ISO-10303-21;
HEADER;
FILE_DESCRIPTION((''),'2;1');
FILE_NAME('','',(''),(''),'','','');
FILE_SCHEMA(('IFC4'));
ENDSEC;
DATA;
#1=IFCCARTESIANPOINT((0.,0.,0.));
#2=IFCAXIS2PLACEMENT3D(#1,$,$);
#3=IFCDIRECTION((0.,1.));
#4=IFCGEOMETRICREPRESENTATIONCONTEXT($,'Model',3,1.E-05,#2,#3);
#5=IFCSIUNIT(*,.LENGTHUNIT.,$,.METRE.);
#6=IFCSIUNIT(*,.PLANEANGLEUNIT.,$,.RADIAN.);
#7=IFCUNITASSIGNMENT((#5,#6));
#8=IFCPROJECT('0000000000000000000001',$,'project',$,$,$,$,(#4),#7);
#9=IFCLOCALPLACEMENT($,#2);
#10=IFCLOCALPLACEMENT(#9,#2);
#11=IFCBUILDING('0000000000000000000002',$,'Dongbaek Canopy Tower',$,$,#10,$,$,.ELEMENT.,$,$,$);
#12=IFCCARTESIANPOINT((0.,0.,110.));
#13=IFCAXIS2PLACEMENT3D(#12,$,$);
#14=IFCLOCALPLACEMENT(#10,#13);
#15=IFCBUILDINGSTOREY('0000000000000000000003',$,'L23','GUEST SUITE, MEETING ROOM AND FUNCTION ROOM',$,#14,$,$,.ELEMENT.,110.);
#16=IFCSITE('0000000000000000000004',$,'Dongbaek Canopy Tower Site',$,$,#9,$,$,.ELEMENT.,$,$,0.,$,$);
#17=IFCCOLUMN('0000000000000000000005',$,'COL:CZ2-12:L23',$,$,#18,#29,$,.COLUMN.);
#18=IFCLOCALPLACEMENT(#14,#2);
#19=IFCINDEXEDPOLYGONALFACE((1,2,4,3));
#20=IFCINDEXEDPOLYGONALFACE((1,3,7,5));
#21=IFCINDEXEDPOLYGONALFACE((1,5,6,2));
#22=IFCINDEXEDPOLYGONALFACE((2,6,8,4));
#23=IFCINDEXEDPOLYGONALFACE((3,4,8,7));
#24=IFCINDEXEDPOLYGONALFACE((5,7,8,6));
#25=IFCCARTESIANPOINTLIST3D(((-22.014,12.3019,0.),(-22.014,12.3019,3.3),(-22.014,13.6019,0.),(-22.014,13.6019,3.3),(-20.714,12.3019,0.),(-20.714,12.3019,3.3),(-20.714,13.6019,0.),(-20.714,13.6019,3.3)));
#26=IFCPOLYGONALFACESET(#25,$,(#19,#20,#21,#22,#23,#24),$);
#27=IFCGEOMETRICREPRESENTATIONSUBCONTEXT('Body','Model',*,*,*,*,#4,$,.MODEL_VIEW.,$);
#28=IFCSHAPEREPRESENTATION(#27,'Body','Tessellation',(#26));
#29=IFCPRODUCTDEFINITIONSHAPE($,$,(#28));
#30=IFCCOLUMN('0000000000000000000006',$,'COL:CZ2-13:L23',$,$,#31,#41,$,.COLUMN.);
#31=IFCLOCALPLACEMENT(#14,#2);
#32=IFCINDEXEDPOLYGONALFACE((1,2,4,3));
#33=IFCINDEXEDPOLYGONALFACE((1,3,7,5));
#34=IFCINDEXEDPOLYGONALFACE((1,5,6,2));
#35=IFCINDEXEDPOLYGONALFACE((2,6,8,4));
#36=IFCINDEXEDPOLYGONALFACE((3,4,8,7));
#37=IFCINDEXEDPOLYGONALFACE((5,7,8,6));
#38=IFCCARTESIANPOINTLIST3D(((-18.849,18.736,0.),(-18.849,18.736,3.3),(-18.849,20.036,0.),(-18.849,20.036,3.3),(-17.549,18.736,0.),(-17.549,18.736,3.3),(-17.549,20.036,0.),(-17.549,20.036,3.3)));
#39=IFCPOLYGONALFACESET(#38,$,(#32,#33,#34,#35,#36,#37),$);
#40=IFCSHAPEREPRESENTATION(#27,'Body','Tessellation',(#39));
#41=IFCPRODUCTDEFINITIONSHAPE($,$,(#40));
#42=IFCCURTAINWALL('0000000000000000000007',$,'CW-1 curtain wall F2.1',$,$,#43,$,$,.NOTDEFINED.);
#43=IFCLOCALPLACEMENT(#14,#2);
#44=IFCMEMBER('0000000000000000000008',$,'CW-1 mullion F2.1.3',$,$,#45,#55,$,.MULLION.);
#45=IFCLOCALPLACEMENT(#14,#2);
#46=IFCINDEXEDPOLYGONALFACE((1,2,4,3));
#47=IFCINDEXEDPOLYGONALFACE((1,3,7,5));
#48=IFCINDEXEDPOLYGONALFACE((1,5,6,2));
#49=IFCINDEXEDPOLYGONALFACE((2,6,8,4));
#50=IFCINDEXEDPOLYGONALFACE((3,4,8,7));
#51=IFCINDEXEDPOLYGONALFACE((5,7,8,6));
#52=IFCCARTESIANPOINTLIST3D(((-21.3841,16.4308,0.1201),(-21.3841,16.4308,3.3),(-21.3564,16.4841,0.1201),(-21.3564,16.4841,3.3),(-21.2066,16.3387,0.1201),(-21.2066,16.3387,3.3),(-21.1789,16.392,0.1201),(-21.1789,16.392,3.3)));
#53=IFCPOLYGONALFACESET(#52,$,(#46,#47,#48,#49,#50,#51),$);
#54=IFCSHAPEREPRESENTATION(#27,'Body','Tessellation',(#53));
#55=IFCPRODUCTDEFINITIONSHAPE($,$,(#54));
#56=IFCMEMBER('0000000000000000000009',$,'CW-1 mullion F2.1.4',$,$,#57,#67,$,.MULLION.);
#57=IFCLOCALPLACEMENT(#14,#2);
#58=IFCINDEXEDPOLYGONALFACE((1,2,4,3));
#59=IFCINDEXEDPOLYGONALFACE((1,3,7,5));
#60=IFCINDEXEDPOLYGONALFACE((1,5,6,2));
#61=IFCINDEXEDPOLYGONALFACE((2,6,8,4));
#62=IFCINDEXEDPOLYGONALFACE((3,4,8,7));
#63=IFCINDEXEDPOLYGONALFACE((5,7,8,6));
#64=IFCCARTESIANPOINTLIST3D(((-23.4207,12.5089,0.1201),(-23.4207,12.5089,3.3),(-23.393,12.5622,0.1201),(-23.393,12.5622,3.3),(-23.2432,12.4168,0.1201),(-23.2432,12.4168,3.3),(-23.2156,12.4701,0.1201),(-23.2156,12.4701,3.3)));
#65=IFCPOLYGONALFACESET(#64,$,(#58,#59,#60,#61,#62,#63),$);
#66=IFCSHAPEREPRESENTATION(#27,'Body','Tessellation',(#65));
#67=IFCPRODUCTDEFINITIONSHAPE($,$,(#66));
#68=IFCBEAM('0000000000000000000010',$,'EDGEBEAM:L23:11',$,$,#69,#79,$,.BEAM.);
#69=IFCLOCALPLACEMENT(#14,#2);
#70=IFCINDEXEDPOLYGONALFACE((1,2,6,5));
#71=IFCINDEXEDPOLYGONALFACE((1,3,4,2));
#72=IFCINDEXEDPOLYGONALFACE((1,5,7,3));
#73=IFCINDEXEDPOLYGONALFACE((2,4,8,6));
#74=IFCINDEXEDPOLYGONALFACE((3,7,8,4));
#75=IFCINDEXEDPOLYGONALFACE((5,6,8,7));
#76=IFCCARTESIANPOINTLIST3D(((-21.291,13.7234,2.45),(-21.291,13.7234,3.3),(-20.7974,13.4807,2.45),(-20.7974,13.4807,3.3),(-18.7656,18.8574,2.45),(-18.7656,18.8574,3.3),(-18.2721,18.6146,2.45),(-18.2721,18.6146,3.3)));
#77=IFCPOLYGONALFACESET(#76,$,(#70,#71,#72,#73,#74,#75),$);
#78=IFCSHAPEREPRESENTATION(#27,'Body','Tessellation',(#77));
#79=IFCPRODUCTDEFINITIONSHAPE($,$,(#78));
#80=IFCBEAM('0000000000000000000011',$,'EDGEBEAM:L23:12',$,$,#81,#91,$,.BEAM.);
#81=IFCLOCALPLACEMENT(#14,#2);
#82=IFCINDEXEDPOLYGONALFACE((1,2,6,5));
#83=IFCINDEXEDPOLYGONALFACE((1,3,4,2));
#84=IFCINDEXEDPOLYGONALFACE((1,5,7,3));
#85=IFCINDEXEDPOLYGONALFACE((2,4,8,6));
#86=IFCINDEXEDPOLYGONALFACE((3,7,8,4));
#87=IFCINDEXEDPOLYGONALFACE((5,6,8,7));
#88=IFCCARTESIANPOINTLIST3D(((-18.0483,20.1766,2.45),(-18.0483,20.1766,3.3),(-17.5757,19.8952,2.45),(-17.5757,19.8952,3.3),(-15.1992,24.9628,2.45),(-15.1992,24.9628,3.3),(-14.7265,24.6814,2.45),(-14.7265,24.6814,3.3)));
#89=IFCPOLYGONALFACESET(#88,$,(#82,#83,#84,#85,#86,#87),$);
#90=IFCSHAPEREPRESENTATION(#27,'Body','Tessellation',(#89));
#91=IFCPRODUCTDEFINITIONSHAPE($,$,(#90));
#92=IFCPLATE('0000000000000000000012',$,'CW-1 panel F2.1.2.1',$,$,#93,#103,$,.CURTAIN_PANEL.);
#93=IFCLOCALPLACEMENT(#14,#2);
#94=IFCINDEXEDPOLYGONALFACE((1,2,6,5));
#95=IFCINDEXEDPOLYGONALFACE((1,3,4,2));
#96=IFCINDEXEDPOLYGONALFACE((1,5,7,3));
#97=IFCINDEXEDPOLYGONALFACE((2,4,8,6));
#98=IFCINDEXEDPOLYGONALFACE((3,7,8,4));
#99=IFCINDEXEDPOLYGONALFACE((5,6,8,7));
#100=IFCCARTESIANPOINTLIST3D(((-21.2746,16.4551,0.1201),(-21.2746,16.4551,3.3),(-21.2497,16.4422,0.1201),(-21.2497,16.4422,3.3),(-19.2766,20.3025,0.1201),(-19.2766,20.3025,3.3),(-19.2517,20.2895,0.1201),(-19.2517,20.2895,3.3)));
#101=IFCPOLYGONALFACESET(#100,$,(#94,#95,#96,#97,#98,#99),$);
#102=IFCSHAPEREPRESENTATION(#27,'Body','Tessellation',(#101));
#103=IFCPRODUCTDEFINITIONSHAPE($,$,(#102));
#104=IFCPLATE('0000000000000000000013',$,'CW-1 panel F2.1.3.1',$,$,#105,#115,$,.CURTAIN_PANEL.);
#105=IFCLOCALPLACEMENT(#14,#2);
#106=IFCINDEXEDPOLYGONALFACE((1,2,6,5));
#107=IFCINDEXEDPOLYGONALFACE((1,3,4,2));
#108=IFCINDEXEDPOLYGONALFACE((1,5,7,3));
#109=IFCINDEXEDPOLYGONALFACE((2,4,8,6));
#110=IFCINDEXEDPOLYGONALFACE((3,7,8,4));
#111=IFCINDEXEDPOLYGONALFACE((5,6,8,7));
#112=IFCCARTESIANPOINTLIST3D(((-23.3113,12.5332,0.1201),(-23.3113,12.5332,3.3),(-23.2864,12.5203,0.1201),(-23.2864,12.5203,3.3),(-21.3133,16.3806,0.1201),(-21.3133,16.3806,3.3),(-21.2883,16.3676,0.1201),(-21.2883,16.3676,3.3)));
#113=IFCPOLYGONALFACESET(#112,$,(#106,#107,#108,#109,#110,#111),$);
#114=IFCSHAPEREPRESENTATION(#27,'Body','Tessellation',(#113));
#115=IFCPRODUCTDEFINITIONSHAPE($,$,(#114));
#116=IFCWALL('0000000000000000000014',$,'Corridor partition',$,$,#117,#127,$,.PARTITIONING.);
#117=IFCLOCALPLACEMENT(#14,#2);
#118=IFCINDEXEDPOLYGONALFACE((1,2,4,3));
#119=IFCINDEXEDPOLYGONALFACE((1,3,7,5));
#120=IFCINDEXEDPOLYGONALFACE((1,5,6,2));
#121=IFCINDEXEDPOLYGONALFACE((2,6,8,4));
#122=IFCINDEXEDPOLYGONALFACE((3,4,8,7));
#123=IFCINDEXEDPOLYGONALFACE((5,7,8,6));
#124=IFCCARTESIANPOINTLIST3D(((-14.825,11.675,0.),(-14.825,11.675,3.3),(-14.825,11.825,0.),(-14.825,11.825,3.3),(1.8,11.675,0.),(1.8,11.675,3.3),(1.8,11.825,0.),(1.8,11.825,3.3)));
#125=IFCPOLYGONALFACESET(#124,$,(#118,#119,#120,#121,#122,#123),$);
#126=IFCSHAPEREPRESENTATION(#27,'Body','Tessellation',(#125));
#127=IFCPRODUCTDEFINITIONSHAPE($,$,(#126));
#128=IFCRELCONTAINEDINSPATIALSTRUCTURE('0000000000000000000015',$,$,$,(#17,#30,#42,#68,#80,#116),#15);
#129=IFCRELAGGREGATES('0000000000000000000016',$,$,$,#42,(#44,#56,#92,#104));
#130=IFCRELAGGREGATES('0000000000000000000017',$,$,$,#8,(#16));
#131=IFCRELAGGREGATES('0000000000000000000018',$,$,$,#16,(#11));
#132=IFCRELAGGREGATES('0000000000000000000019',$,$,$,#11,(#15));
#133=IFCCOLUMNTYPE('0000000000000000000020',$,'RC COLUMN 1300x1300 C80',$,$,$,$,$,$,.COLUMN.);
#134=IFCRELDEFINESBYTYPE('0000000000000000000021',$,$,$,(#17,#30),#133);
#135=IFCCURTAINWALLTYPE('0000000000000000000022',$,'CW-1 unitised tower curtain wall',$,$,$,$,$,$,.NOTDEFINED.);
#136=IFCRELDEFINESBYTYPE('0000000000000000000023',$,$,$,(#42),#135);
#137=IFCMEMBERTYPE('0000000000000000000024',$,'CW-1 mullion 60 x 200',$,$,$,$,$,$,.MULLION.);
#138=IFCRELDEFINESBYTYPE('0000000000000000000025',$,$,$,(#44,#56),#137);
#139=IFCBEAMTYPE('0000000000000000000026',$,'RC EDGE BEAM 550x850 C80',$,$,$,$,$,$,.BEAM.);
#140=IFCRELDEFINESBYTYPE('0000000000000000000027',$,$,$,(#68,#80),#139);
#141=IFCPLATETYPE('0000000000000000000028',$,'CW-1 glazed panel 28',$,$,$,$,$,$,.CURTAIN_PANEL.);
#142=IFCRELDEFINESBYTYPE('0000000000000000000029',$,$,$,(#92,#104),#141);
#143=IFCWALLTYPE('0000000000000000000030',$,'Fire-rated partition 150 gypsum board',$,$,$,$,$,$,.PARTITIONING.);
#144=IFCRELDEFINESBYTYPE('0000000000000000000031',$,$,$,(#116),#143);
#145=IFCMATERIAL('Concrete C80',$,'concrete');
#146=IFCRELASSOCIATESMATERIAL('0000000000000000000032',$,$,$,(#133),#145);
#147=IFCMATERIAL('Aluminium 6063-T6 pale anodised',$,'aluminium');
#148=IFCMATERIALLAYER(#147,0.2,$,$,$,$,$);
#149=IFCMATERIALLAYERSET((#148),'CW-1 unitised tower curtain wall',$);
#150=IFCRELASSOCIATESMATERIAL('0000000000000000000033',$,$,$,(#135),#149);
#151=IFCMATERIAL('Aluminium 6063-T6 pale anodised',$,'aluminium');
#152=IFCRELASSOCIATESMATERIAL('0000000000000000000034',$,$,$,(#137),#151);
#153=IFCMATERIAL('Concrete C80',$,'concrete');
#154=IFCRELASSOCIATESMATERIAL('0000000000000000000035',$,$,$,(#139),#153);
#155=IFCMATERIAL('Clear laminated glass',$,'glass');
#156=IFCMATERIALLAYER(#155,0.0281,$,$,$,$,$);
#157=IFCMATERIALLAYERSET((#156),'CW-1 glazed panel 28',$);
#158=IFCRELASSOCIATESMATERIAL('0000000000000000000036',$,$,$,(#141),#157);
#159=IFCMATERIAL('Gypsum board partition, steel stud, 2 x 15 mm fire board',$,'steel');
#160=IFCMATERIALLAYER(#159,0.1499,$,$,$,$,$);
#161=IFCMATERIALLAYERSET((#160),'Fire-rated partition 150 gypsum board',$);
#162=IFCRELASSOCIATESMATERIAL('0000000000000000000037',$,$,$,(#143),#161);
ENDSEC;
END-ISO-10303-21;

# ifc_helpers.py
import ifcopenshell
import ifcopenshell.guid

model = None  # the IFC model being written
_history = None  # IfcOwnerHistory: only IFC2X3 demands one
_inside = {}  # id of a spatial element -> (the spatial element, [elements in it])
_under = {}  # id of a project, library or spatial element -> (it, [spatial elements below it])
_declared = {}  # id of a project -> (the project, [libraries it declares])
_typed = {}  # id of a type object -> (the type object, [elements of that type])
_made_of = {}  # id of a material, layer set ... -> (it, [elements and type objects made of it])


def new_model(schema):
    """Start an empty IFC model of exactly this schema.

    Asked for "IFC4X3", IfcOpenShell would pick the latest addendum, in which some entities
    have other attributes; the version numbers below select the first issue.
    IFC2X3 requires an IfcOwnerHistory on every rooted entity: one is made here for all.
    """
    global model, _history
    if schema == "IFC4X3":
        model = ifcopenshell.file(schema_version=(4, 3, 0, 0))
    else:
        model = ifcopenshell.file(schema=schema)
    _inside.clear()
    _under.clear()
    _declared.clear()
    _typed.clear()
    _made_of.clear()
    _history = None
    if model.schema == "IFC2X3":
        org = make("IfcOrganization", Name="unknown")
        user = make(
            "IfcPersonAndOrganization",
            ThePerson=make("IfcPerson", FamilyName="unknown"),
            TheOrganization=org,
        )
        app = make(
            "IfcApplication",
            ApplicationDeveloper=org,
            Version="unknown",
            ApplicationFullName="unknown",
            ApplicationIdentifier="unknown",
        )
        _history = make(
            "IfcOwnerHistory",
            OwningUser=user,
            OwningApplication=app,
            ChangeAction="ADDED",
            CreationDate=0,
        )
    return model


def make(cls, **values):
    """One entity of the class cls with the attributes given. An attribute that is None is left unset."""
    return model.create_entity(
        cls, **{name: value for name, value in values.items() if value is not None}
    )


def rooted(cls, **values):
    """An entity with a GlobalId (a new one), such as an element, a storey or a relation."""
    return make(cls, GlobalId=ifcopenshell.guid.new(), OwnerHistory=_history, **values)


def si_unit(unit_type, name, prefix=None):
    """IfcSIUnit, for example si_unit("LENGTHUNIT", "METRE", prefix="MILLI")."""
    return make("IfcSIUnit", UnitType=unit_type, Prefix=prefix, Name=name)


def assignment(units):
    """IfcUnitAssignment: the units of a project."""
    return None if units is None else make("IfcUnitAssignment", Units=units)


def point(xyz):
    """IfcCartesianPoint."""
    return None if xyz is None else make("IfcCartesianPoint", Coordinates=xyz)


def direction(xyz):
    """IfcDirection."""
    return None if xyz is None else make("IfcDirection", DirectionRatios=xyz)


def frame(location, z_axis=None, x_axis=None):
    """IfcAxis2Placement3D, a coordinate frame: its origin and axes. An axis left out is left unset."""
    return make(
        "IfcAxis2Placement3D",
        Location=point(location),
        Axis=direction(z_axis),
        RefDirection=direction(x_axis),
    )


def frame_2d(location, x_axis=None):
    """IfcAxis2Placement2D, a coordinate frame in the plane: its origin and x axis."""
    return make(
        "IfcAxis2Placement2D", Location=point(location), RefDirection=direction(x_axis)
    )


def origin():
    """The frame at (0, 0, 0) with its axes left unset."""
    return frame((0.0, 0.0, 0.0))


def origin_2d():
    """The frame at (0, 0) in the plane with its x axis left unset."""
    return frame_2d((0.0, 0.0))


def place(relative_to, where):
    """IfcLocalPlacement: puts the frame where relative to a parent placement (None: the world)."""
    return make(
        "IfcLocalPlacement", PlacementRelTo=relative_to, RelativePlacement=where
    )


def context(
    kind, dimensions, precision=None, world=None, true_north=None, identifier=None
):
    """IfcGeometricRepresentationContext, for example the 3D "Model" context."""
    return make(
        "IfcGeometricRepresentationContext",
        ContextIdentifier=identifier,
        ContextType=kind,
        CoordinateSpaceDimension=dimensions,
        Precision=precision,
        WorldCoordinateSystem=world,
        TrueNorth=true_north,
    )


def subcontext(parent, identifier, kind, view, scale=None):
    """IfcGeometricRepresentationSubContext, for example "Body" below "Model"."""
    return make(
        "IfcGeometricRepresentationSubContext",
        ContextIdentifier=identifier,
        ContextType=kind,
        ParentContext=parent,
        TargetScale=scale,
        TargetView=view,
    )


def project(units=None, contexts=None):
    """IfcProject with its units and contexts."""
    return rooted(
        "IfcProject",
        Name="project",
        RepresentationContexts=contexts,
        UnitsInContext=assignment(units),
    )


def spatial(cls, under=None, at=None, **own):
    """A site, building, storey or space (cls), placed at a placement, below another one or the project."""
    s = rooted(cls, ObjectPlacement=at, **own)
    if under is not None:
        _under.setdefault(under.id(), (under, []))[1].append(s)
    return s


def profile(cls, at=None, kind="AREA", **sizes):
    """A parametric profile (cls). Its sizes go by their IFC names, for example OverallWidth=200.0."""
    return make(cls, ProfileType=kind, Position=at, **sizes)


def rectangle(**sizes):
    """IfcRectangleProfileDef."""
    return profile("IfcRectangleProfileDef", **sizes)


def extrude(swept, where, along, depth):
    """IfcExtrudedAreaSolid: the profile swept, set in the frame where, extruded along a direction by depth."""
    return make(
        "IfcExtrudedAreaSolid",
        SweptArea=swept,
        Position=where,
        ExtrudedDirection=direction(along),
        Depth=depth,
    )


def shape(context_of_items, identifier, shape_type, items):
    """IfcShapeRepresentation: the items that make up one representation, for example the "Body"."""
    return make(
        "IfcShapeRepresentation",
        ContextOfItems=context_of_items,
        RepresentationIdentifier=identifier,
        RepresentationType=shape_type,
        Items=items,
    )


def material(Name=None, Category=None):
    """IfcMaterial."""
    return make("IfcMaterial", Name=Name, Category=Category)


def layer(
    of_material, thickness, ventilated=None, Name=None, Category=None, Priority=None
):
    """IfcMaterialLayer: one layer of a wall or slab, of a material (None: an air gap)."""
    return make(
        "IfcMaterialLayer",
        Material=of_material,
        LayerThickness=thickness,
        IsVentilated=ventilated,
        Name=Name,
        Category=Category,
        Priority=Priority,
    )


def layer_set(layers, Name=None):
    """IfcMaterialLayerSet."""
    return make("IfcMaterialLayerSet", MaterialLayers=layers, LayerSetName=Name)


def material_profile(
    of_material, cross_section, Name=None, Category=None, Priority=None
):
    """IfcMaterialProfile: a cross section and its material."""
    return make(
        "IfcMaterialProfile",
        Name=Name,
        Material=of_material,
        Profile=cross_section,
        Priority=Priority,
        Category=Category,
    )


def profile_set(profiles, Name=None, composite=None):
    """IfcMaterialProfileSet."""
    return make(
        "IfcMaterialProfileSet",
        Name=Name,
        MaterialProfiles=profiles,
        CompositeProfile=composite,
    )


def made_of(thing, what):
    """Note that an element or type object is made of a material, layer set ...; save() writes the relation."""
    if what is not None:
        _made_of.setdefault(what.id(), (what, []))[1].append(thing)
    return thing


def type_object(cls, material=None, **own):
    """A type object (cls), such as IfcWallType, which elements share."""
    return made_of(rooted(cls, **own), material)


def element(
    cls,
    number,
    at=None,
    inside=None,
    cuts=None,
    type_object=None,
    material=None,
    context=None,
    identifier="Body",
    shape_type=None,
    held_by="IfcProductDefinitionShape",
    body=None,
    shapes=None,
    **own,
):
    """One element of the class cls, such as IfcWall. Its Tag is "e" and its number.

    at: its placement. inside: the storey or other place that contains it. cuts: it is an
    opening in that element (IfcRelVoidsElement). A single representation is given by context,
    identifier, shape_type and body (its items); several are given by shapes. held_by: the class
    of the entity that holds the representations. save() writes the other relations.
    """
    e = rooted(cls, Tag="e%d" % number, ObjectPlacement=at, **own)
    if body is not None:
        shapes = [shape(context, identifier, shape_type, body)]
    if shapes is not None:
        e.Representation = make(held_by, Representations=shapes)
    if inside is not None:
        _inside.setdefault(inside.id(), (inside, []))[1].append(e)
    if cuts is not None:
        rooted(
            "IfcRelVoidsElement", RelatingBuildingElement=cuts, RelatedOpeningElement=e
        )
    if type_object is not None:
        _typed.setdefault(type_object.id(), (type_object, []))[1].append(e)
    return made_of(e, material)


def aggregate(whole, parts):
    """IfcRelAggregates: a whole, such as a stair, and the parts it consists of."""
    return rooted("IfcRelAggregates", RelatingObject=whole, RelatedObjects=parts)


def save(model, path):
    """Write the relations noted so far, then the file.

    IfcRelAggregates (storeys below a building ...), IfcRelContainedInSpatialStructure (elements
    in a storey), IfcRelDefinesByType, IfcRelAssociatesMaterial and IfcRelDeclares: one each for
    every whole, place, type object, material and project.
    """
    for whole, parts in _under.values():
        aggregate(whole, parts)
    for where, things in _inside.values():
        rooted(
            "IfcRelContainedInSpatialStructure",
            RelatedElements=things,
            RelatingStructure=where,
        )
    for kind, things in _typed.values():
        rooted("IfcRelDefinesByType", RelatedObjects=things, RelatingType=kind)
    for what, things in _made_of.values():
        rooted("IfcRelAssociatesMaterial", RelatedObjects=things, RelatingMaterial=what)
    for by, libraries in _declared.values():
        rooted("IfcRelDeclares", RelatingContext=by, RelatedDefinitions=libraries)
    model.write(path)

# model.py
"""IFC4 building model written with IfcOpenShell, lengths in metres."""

from ifc_helpers import new_model, si_unit, direction, frame, frame_2d, origin, origin_2d, place, context, subcontext, project, spatial, rectangle, extrude, material, layer, layer_set, material_profile, profile_set, type_object, element, aggregate, save


model = new_model("IFC4")

# Units and contexts
model_context = context("Model", 3, precision=1e-05, world=origin(), true_north=direction((0.0, 1.0)))
body_context = subcontext(model_context, "Body", "Model", "MODEL_VIEW")
ifc_project = project(units=[si_unit("LENGTHUNIT", "METRE"), si_unit("PLANEANGLEUNIT", "RADIAN")], contexts=[model_context])

# Site, building, storey
site_placement = place(None, origin())
site = spatial("IfcSite", under=ifc_project, at=site_placement, Name="Dongbaek Canopy Tower Site", CompositionType="ELEMENT", RefElevation=0.0)
building_placement = place(site_placement, origin())
building = spatial("IfcBuilding", under=site, at=building_placement, Name="Dongbaek Canopy Tower", CompositionType="ELEMENT")
storey_placement = place(building_placement, frame((0.0, 0.0, 110.0)))
storey = spatial("IfcBuildingStorey", under=building, at=storey_placement, Name="L23", Description="GUEST SUITE, MEETING ROOM AND FUNCTION ROOM", CompositionType="ELEMENT", Elevation=110.0)

# Columns
ifc_material_1 = material(Name="Concrete C80", Category="concrete")
ifc_material_profile_1 = material_profile(ifc_material_1, rectangle(XDim=1.3, YDim=1.3, at=origin_2d()), Name="RC COLUMN 1300x1300 C80")
ifc_profile_set_1 = profile_set([ifc_material_profile_1], Name="Concrete C80")
column_type = type_object("IfcColumnType", Name="RC COLUMN 1300x1300 C80", PredefinedType="COLUMN", material=ifc_profile_set_1)
for number, where, z_axis, x_axis, name in (
    (1, (-21.364, 12.9519, 0.0), (0.0, 0.0, 1.0), (1.0, 0.0, 0.0), "COL:CZ2-12:L23"),
    (2, (-18.199, 19.386, 0.0), (0.0, 0.0, 1.0), (1.0, 0.0, 0.0), "COL:CZ2-13:L23"),
):
    element("IfcColumn", number, at=place(storey_placement, frame(where, z_axis=z_axis, x_axis=x_axis)), inside=storey, type_object=column_type, Name=name, PredefinedType="COLUMN", context=body_context, shape_type="SweptSolid", body=[
        extrude(rectangle(XDim=1.3, YDim=1.3, at=origin_2d()), origin(), (0.0, 0.0, 1.0), 3.3),
    ])

# Curtain wall, members
ifc_material_2 = material(Name="Aluminium 6063-T6 pale anodised", Category="aluminium")
ifc_layer_1 = layer(ifc_material_2, 0.2)
ifc_layer_set_1 = layer_set([ifc_layer_1], Name="CW-1 unitised tower curtain wall")
curtain_wall_type = type_object("IfcCurtainWallType", Name="CW-1 unitised tower curtain wall", PredefinedType="NOTDEFINED", material=ifc_layer_set_1)
curtain_wall_placement = place(storey_placement, origin())
curtain_wall = element("IfcCurtainWall", 3, at=curtain_wall_placement, inside=storey, type_object=curtain_wall_type, Name="CW-1 curtain wall F2.1", PredefinedType="NOTDEFINED")
ifc_material_3 = material(Name="Aluminium 6063-T6 pale anodised", Category="aluminium")
ifc_material_profile_2 = material_profile(ifc_material_3, rectangle(XDim=0.2, YDim=0.0601, at=origin_2d()), Name="CW-1 mullion 60 x 200")
ifc_profile_set_2 = profile_set([ifc_material_profile_2], Name="Aluminium 6063-T6 pale anodised")
member_type = type_object("IfcMemberType", Name="CW-1 mullion 60 x 200", PredefinedType="MULLION", material=ifc_profile_set_2)
member_1_placement = place(storey_placement, frame((-21.2815, 16.4114, 0.1201), z_axis=(0.0, 0.0, 1.0), x_axis=(-0.887463, 0.46088, 0.0)))
member_1 = element("IfcMember", 4, at=member_1_placement, type_object=member_type, Name="CW-1 mullion F2.1.3", PredefinedType="MULLION", context=body_context, shape_type="SweptSolid", body=[
    extrude(rectangle(XDim=0.2, YDim=0.0601, at=origin_2d()), origin(), (0.0, 0.0, 1.0), 3.1799),
])
member_2_placement = place(storey_placement, frame((-23.3181, 12.4895, 0.1201), z_axis=(0.0, 0.0, 1.0), x_axis=(-0.887463, 0.46088, 0.0)))
member_2 = element("IfcMember", 5, at=member_2_placement, type_object=member_type, Name="CW-1 mullion F2.1.4", PredefinedType="MULLION", context=body_context, shape_type="SweptSolid", body=[
    extrude(rectangle(XDim=0.2, YDim=0.0601, at=origin_2d()), origin(), (0.0, 0.0, 1.0), 3.1799),
])

# Beams
ifc_material_4 = material(Name="Concrete C80", Category="concrete")
ifc_material_profile_3 = material_profile(ifc_material_4, rectangle(XDim=0.55, YDim=0.8501, at=origin_2d()), Name="RC EDGE BEAM 550x850 C80")
ifc_profile_set_3 = profile_set([ifc_material_profile_3], Name="Concrete C80")
beam_type = type_object("IfcBeamType", Name="RC EDGE BEAM 550x850 C80", PredefinedType="BEAM", material=ifc_profile_set_3)
beam_1_placement = place(storey_placement, frame((-21.0442, 13.6021, 2.875), z_axis=(0.441384, 0.897318, 0.0), x_axis=(-0.897318, 0.441384, 0.0)))
element("IfcBeam", 6, at=beam_1_placement, inside=storey, type_object=beam_type, Name="EDGEBEAM:L23:11", PredefinedType="BEAM", context=body_context, shape_type="SweptSolid", body=[
    extrude(rectangle(XDim=0.55, YDim=0.8501, at=origin_2d()), origin(), (0.0, 0.0, 1.0), 5.7214),
])
beam_2_placement = place(storey_placement, frame((-17.812, 20.0359, 2.875), z_axis=(0.511515, 0.859275, 0.0), x_axis=(-0.859275, 0.511515, 0.0)))
element("IfcBeam", 7, at=beam_2_placement, inside=storey, type_object=beam_type, Name="EDGEBEAM:L23:12", PredefinedType="BEAM", context=body_context, shape_type="SweptSolid", body=[
    extrude(rectangle(XDim=0.55, YDim=0.8501, at=origin_2d()), origin(), (0.0, 0.0, 1.0), 5.5701),
])

# Plates
ifc_material_5 = material(Name="Clear laminated glass", Category="glass")
ifc_layer_2 = layer(ifc_material_5, 0.0281)
ifc_layer_set_2 = layer_set([ifc_layer_2], Name="CW-1 glazed panel 28")
plate_type = type_object("IfcPlateType", Name="CW-1 glazed panel 28", PredefinedType="CURTAIN_PANEL", material=ifc_layer_set_2)
plate_1_placement = place(storey_placement, frame((-20.2632, 18.3723, 0.1201), z_axis=(0.0, 0.0, 1.0), x_axis=(-0.46088, -0.887463, 0.0)))
plate_1 = element("IfcPlate", 8, at=plate_1_placement, type_object=plate_type, Name="CW-1 panel F2.1.2.1", PredefinedType="CURTAIN_PANEL", context=body_context, shape_type="SweptSolid", body=[
    extrude(rectangle(XDim=4.3352, YDim=0.0281, at=origin_2d()), origin(), (0.0, 0.0, 1.0), 3.1799),
])
plate_2_placement = place(storey_placement, frame((-22.2998, 14.4504, 0.1201), z_axis=(0.0, 0.0, 1.0), x_axis=(-0.46088, -0.887463, 0.0)))
plate_2 = element("IfcPlate", 9, at=plate_2_placement, type_object=plate_type, Name="CW-1 panel F2.1.3.1", PredefinedType="CURTAIN_PANEL", context=body_context, shape_type="SweptSolid", body=[
    extrude(rectangle(XDim=4.3352, YDim=0.0281, at=origin_2d()), origin(), (0.0, 0.0, 1.0), 3.1799),
])

# Wall
ifc_material_6 = material(Name="Gypsum board partition, steel stud, 2 x 15 mm fire board", Category="steel")
ifc_layer_3 = layer(ifc_material_6, 0.1499)
ifc_layer_set_3 = layer_set([ifc_layer_3], Name="Fire-rated partition 150 gypsum board")
wall_type_1 = type_object("IfcWallType", Name="Fire-rated partition 150 gypsum board", PredefinedType="PARTITIONING", material=ifc_layer_set_3)
wall_1_placement = place(storey_placement, frame((-14.825, 11.75, 0.0), z_axis=(0.0, 0.0, 1.0), x_axis=(1.0, 0.0, 0.0)))
element("IfcWall", 10, at=wall_1_placement, inside=storey, type_object=wall_type_1, Name="Corridor partition", PredefinedType="PARTITIONING", context=body_context, shape_type="SweptSolid", body=[
    extrude(rectangle(XDim=16.625, YDim=0.1499, at=frame_2d((8.3125, 0.0))), origin(), (0.0, 0.0, 1.0), 3.3),
])

aggregate(curtain_wall, [member_1, member_2, plate_1, plate_2])

save(model, "model.ifc")
